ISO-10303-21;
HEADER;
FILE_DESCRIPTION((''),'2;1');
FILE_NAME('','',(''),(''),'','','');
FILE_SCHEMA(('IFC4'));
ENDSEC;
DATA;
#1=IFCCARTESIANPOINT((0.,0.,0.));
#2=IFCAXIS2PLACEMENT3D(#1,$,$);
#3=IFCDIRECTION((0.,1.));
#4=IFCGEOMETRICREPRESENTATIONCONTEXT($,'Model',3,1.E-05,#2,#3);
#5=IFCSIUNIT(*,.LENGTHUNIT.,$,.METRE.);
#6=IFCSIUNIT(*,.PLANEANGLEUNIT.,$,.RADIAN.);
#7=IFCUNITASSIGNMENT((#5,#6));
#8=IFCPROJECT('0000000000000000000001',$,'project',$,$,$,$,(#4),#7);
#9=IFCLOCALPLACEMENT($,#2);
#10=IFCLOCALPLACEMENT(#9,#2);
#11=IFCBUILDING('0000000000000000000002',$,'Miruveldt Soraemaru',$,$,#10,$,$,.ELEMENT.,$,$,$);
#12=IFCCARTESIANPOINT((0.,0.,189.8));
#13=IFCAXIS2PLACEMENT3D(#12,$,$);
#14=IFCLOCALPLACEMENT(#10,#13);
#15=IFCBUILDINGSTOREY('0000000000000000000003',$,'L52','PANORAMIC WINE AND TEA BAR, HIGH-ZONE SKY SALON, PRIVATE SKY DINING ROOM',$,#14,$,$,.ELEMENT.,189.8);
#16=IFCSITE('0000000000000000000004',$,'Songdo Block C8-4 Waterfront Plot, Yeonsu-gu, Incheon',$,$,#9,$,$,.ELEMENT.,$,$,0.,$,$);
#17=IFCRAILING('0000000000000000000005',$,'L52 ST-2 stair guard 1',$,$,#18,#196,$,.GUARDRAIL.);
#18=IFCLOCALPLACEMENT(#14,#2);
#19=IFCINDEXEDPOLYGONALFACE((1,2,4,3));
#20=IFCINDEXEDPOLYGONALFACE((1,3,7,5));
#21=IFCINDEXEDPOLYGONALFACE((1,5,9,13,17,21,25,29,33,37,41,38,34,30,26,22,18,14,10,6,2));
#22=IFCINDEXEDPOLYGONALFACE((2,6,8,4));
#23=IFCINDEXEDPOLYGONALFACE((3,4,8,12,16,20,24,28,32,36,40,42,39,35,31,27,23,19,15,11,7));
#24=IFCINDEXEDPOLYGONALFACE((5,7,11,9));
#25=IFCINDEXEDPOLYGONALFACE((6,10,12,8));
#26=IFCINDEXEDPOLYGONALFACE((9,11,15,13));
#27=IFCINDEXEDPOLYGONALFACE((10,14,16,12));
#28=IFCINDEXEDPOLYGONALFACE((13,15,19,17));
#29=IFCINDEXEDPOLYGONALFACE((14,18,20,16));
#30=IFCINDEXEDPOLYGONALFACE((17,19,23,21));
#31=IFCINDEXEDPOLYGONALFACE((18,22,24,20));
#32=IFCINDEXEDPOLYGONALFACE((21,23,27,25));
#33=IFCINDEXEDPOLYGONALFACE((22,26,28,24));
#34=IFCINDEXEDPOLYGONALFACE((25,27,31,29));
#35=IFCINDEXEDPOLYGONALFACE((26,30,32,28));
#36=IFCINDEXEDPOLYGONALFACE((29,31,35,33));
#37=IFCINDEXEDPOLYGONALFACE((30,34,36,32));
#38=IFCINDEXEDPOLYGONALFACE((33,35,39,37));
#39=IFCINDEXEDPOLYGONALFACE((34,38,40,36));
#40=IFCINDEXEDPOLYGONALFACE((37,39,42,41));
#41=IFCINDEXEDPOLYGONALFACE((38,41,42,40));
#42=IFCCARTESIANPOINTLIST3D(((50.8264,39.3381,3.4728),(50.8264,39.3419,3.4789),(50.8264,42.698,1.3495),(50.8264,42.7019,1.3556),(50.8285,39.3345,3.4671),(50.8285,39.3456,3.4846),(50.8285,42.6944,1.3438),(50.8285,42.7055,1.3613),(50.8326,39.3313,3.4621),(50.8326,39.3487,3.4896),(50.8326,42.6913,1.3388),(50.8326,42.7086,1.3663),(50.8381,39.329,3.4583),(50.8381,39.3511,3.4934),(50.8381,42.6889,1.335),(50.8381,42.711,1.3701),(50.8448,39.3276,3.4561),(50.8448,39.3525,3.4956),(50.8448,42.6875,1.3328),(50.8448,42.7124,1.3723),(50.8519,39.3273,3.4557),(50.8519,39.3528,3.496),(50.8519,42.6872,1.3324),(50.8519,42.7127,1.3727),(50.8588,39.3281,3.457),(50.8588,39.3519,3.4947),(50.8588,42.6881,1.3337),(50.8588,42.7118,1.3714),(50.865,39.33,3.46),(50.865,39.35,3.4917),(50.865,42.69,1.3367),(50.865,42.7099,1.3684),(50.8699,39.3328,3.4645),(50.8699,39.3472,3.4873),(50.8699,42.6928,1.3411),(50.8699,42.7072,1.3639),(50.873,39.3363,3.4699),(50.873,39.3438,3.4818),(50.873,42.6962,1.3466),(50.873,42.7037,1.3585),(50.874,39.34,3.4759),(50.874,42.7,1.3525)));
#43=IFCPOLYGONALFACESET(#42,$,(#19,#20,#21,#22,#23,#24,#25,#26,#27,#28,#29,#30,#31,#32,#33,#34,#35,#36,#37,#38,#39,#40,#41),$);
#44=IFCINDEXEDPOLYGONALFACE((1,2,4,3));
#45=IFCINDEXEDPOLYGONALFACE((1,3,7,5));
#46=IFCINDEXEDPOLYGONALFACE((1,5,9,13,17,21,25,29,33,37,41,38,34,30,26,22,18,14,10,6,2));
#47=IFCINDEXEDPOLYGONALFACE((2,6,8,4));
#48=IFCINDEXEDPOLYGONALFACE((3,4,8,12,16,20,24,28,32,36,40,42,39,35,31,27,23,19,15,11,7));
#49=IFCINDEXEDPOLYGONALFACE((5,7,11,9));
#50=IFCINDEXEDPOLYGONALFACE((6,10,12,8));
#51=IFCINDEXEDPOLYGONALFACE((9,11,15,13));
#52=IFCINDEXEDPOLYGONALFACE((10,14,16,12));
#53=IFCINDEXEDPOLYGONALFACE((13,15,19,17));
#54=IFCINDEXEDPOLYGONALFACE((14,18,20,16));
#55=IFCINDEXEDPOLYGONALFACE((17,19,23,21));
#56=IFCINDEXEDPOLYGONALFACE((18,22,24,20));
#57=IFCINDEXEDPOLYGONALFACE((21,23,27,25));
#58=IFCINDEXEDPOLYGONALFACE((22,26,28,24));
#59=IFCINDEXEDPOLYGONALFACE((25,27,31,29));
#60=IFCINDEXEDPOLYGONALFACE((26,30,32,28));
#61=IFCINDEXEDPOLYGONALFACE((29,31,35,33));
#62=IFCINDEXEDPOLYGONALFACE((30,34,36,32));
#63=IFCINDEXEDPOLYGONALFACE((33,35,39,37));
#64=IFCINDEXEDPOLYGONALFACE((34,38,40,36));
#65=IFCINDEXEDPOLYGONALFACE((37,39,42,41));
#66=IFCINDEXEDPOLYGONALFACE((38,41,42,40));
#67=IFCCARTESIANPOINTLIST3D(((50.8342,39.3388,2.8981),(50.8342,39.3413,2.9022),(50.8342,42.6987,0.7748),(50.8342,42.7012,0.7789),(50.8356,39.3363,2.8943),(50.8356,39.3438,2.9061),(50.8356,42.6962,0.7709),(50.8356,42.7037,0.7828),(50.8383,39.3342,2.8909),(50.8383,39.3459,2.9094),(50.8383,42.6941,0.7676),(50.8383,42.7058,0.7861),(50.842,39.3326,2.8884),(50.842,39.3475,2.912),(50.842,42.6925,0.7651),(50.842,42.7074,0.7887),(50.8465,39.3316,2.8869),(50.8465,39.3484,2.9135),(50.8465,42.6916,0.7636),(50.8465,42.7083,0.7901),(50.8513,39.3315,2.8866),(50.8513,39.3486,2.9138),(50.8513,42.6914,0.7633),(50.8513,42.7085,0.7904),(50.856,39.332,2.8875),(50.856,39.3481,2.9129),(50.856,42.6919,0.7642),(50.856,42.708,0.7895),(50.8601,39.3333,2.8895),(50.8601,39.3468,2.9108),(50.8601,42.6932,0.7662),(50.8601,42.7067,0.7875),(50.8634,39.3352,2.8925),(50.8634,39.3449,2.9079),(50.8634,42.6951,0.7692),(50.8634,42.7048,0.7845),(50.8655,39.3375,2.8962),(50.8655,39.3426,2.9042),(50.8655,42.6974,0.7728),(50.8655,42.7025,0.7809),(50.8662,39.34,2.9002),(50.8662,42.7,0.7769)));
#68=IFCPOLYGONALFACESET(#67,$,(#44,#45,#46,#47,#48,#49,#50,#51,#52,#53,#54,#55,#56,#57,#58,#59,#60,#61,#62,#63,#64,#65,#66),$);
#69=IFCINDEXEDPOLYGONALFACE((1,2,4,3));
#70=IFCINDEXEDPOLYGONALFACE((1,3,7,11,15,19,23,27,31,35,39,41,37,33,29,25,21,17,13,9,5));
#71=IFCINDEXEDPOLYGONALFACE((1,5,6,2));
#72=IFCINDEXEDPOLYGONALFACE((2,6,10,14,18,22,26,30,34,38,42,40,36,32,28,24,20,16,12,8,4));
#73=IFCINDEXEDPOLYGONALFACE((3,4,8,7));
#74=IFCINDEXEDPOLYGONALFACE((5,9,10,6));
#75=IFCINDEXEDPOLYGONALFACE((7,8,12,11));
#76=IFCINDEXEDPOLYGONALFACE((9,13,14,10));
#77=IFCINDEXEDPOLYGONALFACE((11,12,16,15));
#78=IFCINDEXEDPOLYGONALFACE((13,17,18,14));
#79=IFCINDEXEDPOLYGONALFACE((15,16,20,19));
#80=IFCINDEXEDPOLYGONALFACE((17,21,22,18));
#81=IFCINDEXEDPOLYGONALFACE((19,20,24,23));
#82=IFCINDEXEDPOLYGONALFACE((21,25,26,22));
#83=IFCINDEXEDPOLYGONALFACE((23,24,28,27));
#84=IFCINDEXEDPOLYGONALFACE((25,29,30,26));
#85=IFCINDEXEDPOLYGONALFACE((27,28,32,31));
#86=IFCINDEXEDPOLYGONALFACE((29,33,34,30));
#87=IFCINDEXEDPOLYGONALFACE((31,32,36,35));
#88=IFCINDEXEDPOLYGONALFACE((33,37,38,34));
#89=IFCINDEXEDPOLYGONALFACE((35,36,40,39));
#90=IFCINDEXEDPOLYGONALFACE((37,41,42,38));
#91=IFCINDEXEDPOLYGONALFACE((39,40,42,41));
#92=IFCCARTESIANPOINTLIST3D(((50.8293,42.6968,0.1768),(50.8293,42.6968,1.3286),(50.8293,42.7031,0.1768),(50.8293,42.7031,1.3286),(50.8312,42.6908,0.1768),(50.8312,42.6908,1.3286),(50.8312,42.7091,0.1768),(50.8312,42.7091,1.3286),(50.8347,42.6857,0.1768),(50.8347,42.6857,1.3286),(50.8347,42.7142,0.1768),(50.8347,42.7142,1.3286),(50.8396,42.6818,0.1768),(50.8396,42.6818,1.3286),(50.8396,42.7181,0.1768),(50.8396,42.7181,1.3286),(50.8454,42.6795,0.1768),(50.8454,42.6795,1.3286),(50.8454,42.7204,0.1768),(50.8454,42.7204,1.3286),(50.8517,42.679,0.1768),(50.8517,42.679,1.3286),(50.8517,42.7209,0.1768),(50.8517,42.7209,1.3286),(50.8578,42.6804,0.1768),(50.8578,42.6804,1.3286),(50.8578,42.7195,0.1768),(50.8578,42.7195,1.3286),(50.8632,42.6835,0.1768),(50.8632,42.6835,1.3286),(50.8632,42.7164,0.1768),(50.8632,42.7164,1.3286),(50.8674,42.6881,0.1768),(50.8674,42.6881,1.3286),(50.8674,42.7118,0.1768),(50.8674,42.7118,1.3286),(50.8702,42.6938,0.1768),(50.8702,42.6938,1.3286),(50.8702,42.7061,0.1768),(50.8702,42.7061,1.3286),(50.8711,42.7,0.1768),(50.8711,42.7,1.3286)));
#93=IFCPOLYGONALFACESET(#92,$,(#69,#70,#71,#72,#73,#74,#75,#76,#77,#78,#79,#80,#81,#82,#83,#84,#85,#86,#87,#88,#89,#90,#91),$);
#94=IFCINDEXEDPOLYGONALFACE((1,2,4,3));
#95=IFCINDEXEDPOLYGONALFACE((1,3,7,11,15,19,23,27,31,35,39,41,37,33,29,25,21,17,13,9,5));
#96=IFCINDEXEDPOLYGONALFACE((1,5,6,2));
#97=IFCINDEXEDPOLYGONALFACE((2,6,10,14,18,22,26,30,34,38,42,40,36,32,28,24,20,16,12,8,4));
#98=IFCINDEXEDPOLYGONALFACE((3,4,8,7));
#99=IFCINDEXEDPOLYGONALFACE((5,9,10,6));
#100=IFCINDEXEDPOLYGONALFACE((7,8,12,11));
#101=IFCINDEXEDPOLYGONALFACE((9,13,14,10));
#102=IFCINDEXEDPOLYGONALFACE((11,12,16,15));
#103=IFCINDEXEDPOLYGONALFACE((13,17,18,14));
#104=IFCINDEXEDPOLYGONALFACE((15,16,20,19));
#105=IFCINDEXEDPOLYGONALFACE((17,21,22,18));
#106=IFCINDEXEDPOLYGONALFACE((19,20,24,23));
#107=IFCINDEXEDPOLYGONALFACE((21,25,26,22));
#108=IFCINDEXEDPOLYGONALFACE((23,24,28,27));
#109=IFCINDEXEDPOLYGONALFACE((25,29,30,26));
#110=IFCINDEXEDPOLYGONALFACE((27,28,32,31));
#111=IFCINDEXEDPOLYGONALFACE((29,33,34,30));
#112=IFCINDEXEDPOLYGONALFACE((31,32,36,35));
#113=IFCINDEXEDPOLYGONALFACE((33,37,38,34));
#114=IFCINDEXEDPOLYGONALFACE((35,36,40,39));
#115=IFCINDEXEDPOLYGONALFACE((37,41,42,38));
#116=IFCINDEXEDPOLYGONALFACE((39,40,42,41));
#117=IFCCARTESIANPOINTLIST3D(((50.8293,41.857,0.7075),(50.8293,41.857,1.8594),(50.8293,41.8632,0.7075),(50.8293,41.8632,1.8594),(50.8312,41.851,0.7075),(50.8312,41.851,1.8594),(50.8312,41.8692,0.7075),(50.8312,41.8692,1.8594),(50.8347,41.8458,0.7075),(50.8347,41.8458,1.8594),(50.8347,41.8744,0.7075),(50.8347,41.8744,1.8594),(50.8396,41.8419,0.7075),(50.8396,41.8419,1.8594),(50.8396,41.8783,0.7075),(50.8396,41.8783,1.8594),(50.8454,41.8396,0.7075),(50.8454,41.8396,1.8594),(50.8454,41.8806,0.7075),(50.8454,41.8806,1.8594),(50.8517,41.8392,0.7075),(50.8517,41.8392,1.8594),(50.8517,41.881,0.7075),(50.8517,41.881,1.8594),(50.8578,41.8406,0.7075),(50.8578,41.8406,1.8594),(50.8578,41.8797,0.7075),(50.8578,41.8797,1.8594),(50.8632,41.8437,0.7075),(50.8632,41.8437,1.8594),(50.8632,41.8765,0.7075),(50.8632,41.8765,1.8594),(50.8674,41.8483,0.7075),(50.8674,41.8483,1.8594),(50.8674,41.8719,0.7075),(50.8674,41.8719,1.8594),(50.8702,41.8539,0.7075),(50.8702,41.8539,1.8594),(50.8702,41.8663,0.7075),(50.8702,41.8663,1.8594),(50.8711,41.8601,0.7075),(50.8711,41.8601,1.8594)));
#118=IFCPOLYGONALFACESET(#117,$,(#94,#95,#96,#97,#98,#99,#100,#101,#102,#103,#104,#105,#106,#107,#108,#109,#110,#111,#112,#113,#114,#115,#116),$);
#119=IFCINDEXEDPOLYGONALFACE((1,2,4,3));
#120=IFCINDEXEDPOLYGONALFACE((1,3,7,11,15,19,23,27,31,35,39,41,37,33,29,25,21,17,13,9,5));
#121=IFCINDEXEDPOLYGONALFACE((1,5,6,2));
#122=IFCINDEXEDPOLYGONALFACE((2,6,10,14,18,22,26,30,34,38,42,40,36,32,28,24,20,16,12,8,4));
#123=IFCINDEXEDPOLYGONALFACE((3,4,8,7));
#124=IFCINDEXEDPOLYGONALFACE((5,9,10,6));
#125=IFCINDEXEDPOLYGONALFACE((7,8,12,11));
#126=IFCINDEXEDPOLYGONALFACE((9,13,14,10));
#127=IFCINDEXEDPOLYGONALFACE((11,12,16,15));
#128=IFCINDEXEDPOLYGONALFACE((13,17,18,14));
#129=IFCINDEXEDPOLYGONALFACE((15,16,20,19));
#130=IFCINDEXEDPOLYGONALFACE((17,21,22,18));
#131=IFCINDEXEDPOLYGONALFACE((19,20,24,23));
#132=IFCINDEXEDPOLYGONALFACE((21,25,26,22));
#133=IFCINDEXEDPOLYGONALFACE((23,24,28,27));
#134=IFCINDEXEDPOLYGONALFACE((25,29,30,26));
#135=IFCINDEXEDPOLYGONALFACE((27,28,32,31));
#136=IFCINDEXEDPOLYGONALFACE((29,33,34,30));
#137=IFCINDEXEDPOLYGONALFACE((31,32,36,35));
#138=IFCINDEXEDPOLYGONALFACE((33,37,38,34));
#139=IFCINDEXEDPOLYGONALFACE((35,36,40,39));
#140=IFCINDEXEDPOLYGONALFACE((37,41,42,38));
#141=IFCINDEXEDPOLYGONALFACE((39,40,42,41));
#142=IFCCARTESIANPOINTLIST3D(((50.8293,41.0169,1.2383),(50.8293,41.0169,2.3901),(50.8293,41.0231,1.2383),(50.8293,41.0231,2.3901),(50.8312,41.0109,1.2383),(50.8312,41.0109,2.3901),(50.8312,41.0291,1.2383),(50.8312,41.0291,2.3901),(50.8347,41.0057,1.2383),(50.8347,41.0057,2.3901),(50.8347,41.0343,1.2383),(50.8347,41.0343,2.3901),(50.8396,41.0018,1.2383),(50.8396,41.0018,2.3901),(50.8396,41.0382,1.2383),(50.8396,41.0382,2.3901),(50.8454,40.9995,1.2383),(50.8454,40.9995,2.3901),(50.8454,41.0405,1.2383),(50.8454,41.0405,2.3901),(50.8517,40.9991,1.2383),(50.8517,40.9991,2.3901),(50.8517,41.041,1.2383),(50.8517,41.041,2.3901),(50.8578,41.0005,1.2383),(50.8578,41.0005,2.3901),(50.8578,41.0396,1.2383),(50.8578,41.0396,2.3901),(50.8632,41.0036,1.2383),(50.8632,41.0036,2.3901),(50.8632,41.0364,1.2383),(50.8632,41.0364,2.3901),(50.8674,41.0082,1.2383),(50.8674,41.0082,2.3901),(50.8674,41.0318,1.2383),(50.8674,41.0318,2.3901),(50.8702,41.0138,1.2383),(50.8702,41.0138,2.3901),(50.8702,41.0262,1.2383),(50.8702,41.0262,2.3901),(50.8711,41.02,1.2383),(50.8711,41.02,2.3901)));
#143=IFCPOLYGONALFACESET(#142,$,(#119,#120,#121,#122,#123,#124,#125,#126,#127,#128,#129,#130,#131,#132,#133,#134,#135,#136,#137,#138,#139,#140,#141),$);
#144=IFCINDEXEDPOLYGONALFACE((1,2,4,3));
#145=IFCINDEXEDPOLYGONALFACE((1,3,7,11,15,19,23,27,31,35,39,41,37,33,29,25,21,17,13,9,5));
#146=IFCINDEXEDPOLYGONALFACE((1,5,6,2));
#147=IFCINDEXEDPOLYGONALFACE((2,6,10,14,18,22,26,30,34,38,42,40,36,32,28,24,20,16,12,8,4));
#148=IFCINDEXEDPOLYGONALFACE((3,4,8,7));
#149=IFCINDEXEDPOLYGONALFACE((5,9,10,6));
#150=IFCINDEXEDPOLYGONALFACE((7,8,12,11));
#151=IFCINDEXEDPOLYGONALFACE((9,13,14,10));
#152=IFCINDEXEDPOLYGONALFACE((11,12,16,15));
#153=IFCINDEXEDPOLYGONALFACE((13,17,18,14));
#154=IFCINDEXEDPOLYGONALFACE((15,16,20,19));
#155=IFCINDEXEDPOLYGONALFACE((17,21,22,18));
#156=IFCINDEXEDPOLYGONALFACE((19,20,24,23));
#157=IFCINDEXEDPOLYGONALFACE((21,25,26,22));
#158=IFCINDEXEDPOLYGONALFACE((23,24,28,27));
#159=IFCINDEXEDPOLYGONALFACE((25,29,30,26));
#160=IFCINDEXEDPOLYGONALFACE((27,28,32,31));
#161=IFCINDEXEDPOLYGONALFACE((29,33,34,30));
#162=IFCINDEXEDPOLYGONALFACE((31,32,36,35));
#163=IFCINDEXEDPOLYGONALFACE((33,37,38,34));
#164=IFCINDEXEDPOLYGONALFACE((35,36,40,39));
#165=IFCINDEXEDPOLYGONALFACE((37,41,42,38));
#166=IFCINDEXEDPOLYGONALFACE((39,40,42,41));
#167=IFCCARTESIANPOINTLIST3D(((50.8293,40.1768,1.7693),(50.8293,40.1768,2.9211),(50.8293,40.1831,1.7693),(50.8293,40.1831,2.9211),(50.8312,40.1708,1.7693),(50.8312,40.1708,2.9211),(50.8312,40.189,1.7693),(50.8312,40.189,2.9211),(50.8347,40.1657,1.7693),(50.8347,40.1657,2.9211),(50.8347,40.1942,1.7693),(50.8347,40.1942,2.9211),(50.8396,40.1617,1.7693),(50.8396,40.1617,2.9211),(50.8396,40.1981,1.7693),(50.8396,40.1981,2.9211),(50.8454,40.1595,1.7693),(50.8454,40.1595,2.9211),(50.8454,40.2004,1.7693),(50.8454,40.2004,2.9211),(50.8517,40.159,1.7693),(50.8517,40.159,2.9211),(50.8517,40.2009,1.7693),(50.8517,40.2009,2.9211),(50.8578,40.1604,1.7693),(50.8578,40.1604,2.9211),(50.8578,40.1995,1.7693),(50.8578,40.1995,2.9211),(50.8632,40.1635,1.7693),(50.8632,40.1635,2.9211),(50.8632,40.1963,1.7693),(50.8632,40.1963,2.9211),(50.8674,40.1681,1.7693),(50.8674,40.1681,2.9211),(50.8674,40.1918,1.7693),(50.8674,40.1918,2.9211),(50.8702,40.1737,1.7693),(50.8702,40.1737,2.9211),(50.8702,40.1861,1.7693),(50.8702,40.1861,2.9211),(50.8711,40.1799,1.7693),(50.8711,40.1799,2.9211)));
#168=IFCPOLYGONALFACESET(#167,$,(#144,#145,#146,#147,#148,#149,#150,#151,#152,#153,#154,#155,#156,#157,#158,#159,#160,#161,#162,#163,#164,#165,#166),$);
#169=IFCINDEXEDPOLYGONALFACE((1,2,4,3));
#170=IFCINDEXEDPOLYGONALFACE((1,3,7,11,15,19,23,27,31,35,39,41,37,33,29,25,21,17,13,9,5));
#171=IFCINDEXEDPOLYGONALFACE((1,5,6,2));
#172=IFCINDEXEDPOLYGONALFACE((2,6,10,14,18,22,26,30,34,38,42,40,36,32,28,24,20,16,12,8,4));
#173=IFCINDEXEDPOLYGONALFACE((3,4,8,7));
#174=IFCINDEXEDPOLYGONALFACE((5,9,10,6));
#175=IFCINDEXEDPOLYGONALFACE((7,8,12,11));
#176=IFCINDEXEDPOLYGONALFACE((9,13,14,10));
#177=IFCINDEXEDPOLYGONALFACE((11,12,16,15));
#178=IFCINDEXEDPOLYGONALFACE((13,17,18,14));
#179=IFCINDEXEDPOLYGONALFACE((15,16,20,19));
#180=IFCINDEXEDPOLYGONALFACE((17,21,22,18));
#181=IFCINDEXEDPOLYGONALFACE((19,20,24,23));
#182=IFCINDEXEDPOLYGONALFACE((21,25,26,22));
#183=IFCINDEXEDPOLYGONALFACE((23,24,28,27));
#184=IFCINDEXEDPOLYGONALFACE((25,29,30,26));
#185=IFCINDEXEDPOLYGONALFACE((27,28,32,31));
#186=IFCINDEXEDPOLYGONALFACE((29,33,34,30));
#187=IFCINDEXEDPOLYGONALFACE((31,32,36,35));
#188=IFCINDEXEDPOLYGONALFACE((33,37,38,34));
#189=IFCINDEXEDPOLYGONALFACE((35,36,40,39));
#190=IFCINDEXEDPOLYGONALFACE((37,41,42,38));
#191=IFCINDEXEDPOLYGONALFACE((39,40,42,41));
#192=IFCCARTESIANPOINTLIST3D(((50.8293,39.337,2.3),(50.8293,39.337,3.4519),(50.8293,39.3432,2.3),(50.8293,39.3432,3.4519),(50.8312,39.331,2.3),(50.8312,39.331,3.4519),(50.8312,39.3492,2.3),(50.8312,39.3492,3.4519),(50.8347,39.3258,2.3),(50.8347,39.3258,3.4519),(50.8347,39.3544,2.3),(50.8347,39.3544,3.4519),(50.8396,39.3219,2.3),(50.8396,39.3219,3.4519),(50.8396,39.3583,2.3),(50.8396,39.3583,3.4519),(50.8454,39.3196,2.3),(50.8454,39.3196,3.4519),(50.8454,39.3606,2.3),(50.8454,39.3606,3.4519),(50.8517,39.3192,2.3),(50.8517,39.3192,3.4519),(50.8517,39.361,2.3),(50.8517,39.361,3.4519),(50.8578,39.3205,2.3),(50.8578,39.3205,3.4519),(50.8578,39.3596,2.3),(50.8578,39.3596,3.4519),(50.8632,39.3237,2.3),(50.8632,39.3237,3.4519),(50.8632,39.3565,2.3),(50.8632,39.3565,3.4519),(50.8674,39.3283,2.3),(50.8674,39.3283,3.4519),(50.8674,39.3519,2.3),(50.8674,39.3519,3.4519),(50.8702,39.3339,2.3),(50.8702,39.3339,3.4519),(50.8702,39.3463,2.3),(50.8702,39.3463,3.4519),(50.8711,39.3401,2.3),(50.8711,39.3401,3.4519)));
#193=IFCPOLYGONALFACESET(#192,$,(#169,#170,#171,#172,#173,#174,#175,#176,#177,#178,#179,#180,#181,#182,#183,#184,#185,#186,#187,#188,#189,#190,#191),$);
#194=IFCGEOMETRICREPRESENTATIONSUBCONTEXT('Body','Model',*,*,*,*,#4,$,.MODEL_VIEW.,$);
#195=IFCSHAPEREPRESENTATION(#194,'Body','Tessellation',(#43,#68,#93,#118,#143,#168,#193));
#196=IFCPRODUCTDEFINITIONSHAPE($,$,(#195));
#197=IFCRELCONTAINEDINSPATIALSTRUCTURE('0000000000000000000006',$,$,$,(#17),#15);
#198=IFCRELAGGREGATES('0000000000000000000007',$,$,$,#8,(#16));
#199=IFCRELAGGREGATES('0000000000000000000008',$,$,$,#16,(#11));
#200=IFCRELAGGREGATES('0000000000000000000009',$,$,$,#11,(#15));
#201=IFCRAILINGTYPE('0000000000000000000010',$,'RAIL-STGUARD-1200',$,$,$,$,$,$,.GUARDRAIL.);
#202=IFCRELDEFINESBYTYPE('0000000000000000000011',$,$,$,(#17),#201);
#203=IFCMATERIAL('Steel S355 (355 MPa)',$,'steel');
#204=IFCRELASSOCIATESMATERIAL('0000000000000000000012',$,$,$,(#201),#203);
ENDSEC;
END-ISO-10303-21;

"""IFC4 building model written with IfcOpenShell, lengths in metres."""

from ifc_helpers import new_model, si_unit, direction, frame, origin, origin_2d, place, context, subcontext, project, spatial, circle, extrude, material, type_object, element, save


model = new_model("IFC4")

# Units and contexts
model_context = context("Model", 3, precision=1e-05, world=origin(), true_north=direction((0.0, 1.0)))
body_context = subcontext(model_context, "Body", "Model", "MODEL_VIEW")
ifc_project = project(units=[si_unit("LENGTHUNIT", "METRE"), si_unit("PLANEANGLEUNIT", "RADIAN")], contexts=[model_context])

# Site, building, storey
site_placement = place(None, origin())
site = spatial("IfcSite", under=ifc_project, at=site_placement, Name="Songdo Block C8-4 Waterfront Plot, Yeonsu-gu, Incheon", CompositionType="ELEMENT", RefElevation=0.0)
building_placement = place(site_placement, origin())
building = spatial("IfcBuilding", under=site, at=building_placement, Name="Miruveldt Soraemaru", CompositionType="ELEMENT")
storey_placement = place(building_placement, frame((0.0, 0.0, 189.8)))
storey = spatial("IfcBuildingStorey", under=building, at=storey_placement, Name="L52", Description="PANORAMIC WINE AND TEA BAR, HIGH-ZONE SKY SALON, PRIVATE SKY DINING ROOM", CompositionType="ELEMENT", Elevation=189.8)

# Railing
ifc_material_1 = material(Name="Steel S355 (355 MPa)", Category="steel")
railing_type_1 = type_object("IfcRailingType", Name="RAIL-STGUARD-1200", PredefinedType="GUARDRAIL", material=ifc_material_1)
railing_1_placement = place(storey_placement, frame((50.8501, 42.7, 0.1768)))
element("IfcRailing", 1, at=railing_1_placement, inside=storey, type_object=railing_type_1, Name="L52 ST-2 stair guard 1", PredefinedType="GUARDRAIL", context=body_context, shape_type="SweptSolid", body=[
    extrude(circle(Radius=0.0239, at=origin_2d()), frame((0.0, 0.0, 1.1758), z_axis=(0.0, -0.845344, 0.534222), x_axis=(1.0, 0.0, 0.0)), (0.0, 0.0, 1.0), 3.9746),
    extrude(circle(Radius=0.0161, at=origin_2d()), frame((0.0, 0.0, 0.6001), z_axis=(0.0, -0.845344, 0.534222), x_axis=(1.0, 0.0, 0.0)), (0.0, 0.0, 1.0), 3.9746),
    extrude(circle(Radius=0.021, at=origin_2d()), origin(), (0.0, 0.0, 1.0), 1.1519),
    extrude(circle(Radius=0.021, at=origin_2d()), frame((0.0, -0.8398, 0.5308)), (0.0, 0.0, 1.0), 1.1519),
    extrude(circle(Radius=0.021, at=origin_2d()), frame((0.0, -1.6799, 1.0615)), (0.0, 0.0, 1.0), 1.1519),
    extrude(circle(Radius=0.021, at=origin_2d()), frame((0.0, -2.52, 1.5925)), (0.0, 0.0, 1.0), 1.1519),
    extrude(circle(Radius=0.021, at=origin_2d()), frame((0.0, -3.3599, 2.1233)), (0.0, 0.0, 1.0), 1.1519),
])

save(model, "model.ifc")
